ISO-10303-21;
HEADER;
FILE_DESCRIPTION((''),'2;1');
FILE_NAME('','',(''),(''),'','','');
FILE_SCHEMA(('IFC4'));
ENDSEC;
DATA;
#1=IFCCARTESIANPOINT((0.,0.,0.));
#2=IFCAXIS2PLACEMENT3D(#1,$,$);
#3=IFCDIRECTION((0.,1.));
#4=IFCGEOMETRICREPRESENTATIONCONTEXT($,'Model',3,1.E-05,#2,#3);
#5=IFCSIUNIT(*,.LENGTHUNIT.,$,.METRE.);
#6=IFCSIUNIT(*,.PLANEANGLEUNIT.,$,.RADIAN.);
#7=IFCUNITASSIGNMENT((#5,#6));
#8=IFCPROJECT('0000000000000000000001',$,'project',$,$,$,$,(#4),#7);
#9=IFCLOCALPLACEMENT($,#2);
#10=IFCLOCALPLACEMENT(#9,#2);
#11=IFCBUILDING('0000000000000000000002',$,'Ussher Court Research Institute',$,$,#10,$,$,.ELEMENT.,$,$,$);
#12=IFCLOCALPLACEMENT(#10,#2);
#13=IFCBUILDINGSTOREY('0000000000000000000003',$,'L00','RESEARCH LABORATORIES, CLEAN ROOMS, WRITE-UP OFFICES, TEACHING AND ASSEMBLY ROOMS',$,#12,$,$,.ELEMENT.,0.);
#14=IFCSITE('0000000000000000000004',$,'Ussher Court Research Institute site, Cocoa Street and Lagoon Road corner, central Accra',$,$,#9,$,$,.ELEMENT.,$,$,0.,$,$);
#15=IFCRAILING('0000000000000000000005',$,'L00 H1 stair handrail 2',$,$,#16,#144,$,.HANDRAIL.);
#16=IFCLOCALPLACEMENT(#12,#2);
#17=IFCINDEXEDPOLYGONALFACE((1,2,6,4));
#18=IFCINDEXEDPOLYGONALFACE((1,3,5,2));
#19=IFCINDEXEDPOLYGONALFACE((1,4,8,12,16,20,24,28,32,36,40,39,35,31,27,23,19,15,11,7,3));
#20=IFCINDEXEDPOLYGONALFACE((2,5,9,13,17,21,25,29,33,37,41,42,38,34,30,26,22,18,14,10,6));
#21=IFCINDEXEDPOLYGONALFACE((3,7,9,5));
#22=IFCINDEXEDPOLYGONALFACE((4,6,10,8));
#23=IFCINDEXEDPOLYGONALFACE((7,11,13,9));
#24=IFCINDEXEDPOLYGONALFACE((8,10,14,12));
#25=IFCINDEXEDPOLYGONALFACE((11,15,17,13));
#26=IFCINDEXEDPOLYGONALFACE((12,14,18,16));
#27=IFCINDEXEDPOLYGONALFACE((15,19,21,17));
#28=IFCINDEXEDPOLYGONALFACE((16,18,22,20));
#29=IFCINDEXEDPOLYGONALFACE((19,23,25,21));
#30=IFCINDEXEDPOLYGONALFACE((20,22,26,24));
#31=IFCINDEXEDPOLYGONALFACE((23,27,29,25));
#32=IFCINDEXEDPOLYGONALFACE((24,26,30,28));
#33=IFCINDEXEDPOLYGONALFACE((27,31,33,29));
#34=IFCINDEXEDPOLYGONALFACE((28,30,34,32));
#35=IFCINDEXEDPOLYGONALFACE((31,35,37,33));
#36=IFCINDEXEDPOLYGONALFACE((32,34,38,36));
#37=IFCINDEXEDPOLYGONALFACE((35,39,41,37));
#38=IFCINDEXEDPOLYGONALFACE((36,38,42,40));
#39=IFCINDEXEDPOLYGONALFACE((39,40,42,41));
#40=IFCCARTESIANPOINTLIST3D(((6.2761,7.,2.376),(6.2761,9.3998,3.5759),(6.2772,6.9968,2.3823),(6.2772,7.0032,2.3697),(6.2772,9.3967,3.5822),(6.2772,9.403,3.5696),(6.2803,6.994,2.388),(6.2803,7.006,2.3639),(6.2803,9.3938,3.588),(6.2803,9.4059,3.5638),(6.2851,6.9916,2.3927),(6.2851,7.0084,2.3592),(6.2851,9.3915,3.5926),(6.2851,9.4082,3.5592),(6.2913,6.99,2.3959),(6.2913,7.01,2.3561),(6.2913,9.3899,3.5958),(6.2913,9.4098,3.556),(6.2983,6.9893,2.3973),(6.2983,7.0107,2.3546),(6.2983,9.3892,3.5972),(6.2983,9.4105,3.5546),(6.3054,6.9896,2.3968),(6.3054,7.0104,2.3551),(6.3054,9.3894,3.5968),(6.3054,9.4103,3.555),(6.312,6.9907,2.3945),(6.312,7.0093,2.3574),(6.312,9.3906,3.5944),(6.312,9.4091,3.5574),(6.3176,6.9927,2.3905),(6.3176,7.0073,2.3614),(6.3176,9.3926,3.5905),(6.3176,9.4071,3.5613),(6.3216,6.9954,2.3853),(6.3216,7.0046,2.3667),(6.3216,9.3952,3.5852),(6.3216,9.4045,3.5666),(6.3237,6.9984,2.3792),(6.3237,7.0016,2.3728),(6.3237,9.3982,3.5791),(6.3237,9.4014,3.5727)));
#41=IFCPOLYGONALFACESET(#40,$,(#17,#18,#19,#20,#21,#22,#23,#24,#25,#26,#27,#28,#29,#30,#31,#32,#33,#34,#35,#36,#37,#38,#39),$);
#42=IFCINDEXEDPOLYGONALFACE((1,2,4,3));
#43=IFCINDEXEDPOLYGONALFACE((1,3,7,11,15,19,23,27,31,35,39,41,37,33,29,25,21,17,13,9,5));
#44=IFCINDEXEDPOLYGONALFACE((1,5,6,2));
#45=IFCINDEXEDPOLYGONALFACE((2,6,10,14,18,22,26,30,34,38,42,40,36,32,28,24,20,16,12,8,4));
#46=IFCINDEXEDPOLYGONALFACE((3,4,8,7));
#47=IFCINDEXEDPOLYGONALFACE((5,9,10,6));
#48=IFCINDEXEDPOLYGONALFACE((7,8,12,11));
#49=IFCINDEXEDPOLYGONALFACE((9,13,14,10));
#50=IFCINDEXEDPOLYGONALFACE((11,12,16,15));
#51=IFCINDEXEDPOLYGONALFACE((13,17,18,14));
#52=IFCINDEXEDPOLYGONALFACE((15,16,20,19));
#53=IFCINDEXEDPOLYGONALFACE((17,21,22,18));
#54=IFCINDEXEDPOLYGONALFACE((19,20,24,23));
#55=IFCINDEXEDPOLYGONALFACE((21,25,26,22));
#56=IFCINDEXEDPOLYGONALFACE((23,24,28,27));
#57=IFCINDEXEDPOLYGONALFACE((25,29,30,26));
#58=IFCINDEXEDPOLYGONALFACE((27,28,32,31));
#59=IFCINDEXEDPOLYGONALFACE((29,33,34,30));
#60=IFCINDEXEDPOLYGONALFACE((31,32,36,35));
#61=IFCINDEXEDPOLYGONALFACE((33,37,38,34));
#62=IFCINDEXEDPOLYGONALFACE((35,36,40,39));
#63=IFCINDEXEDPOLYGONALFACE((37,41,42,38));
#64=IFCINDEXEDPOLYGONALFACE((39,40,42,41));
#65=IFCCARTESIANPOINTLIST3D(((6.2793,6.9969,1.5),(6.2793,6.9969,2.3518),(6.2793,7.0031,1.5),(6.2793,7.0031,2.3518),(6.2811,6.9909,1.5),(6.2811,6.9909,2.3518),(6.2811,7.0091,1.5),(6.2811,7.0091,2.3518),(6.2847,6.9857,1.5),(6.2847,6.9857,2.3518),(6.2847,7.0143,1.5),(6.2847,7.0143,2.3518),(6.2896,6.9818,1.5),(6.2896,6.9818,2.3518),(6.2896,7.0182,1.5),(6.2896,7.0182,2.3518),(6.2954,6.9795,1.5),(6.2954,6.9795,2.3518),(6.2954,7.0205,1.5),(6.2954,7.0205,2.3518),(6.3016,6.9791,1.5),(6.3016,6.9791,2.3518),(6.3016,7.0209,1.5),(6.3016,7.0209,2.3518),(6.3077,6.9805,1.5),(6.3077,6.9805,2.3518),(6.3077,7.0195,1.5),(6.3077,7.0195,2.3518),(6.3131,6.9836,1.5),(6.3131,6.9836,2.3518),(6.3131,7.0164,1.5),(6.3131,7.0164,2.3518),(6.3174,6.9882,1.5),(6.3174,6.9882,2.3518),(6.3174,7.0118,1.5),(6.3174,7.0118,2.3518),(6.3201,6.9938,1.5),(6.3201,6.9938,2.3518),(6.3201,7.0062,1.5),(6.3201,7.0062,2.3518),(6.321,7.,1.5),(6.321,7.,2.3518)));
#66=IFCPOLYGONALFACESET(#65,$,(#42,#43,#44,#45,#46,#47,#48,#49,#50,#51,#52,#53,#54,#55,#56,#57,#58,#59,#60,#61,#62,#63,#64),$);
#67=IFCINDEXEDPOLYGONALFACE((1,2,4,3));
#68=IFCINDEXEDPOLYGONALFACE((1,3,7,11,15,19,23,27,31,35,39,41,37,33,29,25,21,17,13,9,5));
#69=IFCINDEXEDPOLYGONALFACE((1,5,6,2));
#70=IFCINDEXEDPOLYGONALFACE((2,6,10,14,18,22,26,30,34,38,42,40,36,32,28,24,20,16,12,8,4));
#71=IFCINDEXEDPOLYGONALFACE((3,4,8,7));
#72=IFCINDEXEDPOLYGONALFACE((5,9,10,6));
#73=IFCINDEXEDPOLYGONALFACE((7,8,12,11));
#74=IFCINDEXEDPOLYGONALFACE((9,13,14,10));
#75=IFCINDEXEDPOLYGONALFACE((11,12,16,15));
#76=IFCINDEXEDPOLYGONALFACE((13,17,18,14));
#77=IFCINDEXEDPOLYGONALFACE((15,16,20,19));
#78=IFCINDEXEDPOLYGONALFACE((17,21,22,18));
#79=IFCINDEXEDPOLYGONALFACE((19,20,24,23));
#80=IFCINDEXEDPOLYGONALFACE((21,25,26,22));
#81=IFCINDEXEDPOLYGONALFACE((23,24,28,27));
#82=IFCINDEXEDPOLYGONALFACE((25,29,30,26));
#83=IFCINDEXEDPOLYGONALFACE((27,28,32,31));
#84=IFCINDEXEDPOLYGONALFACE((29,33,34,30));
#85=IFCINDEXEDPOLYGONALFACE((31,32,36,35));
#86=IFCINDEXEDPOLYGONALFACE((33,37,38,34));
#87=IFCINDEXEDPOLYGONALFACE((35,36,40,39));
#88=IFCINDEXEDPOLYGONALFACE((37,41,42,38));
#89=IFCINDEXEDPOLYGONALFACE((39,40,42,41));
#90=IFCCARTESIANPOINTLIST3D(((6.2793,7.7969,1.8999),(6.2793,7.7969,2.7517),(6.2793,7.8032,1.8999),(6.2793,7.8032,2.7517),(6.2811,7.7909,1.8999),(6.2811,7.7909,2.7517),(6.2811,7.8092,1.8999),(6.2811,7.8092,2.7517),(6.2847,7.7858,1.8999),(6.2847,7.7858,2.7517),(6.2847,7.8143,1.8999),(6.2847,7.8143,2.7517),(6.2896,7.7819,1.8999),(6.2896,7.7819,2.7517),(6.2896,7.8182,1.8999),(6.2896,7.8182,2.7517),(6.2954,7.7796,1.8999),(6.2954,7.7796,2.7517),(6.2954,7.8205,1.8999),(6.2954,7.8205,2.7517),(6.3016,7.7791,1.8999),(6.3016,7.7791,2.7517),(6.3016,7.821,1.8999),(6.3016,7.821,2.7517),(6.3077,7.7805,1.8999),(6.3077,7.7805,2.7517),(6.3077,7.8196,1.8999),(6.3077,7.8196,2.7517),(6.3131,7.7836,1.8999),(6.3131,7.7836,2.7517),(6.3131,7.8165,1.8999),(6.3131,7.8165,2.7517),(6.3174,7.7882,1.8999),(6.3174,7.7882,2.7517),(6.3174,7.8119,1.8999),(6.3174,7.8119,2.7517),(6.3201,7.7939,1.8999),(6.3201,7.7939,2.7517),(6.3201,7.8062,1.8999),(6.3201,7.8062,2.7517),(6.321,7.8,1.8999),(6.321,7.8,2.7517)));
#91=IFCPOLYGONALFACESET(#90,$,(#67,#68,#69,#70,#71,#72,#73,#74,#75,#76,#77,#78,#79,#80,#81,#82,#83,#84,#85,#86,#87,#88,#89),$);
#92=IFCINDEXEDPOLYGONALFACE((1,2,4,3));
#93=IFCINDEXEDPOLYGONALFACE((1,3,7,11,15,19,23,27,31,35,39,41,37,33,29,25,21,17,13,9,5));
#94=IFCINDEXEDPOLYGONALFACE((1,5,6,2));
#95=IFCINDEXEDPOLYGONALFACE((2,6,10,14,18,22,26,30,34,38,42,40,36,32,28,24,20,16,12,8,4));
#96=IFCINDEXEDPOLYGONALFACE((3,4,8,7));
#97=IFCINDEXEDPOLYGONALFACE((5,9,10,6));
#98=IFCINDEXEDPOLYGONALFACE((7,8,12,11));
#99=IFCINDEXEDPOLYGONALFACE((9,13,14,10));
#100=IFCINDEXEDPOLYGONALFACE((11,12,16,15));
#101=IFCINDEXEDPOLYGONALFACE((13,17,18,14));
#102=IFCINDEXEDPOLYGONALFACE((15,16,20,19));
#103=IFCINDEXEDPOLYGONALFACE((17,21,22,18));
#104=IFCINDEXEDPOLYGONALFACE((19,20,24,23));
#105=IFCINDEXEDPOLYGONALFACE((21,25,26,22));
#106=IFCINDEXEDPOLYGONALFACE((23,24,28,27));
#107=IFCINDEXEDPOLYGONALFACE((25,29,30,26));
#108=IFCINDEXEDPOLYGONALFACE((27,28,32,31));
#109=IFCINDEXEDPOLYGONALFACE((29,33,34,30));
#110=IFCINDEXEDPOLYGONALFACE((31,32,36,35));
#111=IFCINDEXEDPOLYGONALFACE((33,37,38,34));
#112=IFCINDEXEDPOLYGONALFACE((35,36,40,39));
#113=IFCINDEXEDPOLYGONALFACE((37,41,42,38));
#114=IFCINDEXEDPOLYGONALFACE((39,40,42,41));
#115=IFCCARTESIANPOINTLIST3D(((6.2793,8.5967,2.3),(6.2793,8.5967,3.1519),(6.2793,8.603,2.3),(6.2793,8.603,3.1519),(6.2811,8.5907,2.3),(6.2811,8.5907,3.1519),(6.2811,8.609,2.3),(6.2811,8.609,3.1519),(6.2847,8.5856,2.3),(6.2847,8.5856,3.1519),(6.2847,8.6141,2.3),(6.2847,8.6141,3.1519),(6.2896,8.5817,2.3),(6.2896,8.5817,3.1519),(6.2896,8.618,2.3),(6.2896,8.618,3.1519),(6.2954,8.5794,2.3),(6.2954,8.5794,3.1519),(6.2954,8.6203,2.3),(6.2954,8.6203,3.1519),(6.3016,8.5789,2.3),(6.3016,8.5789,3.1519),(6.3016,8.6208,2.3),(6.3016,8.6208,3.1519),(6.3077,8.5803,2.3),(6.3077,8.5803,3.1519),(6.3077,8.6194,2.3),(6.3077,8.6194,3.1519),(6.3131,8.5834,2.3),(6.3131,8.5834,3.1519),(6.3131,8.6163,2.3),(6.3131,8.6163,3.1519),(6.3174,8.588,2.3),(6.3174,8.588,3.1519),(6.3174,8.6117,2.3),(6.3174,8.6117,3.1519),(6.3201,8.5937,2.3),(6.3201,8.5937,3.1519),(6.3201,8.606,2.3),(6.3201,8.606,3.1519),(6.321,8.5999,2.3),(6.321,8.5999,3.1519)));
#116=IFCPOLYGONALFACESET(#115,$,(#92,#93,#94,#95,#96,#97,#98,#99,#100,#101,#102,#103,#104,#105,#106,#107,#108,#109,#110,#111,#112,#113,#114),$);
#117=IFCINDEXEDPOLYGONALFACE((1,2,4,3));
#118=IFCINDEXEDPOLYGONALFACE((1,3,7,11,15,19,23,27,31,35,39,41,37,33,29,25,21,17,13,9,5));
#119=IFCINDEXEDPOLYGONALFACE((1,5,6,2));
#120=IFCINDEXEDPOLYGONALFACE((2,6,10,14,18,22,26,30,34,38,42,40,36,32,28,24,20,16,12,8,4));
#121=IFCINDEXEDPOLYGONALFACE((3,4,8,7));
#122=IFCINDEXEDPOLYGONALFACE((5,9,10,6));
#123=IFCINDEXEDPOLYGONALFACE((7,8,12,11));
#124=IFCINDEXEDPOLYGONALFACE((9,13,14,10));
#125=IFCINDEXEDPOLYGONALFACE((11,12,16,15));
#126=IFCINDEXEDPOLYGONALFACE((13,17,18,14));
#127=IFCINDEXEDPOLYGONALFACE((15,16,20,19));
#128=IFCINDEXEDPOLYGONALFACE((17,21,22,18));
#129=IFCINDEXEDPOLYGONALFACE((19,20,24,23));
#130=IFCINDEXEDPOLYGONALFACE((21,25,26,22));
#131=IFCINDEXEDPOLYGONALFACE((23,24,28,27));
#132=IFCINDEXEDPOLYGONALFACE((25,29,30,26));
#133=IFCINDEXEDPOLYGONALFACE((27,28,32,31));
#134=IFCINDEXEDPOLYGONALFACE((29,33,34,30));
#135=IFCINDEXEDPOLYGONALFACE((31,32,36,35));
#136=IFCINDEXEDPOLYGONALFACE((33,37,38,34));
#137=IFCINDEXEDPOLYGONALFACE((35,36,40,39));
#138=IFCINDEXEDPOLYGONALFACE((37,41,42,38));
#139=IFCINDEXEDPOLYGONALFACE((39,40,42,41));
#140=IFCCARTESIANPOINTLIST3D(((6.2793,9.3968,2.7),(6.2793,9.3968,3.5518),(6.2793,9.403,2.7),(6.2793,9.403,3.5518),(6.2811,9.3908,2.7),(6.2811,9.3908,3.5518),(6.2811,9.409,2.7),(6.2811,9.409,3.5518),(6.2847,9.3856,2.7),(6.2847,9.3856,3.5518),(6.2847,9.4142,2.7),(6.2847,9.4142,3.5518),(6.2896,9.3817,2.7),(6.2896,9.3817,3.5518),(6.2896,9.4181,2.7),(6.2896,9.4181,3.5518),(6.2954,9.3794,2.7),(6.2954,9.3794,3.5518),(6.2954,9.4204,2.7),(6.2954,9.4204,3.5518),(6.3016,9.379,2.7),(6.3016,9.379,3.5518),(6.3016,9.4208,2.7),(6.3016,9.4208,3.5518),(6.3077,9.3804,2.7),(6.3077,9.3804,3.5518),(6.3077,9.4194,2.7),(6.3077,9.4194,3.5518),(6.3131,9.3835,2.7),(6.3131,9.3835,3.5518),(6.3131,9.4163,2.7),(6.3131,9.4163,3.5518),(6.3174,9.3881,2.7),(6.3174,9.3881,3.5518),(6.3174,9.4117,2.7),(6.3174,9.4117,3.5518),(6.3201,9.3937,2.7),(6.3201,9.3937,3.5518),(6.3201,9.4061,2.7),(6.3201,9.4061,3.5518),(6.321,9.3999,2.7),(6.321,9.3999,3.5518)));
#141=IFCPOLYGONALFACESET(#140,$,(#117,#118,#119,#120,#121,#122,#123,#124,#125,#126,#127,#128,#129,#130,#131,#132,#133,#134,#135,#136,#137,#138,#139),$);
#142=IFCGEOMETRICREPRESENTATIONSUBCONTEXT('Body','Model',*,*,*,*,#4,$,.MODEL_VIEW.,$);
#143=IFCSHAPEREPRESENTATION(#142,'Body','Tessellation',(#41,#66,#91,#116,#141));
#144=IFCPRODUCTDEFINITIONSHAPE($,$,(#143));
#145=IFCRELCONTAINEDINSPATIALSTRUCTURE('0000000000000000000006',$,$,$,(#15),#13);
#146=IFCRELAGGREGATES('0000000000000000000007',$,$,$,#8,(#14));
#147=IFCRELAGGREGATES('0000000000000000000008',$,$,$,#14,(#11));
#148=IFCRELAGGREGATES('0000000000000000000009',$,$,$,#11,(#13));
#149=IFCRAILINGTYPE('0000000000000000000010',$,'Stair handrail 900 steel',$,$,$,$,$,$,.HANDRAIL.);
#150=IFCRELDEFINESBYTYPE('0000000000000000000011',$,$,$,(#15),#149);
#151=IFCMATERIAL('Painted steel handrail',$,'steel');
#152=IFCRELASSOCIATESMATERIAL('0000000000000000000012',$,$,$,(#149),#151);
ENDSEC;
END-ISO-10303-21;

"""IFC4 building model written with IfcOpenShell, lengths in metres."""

from ifc_helpers import new_model, si_unit, direction, frame, origin, origin_2d, place, context, subcontext, project, spatial, circle, extrude, material, type_object, element, save


model = new_model("IFC4")

# Units and contexts
model_context = context("Model", 3, precision=1e-05, world=origin(), true_north=direction((0.0, 1.0)))
body_context = subcontext(model_context, "Body", "Model", "MODEL_VIEW")
ifc_project = project(units=[si_unit("LENGTHUNIT", "METRE"), si_unit("PLANEANGLEUNIT", "RADIAN")], contexts=[model_context])

# Site, building, storey
site_placement = place(None, origin())
site = spatial("IfcSite", under=ifc_project, at=site_placement, Name="Ussher Court Research Institute site, Cocoa Street and Lagoon Road corner, central Accra", CompositionType="ELEMENT", RefElevation=0.0)
building_placement = place(site_placement, origin())
building = spatial("IfcBuilding", under=site, at=building_placement, Name="Ussher Court Research Institute", CompositionType="ELEMENT")
storey_placement = place(building_placement, origin())
storey = spatial("IfcBuildingStorey", under=building, at=storey_placement, Name="L00", Description="RESEARCH LABORATORIES, CLEAN ROOMS, WRITE-UP OFFICES, TEACHING AND ASSEMBLY ROOMS", CompositionType="ELEMENT", Elevation=0.0)

# Railing
ifc_material_1 = material(Name="Painted steel handrail", Category="steel")
railing_type_1 = type_object("IfcRailingType", Name="Stair handrail 900 steel", PredefinedType="HANDRAIL", material=ifc_material_1)
railing_1_placement = place(storey_placement, frame((6.3, 7.0, 1.5)))
element("IfcRailing", 1, at=railing_1_placement, inside=storey, type_object=railing_type_1, Name="L00 H1 stair handrail 2", PredefinedType="HANDRAIL", context=body_context, shape_type="SweptSolid", body=[
    extrude(circle(Radius=0.0239, at=origin_2d()), frame((0.0, 0.0, 0.876), z_axis=(0.0, 0.894427, 0.447214), x_axis=(-1.0, 0.0, 0.0)), (0.0, 0.0, 1.0), 2.6831),
    extrude(circle(Radius=0.021, at=origin_2d()), origin(), (0.0, 0.0, 1.0), 0.8518),
    extrude(circle(Radius=0.021, at=origin_2d()), frame((0.0, 0.8, 0.3999)), (0.0, 0.0, 1.0), 0.8518),
    extrude(circle(Radius=0.021, at=origin_2d()), frame((0.0, 1.5999, 0.8)), (0.0, 0.0, 1.0), 0.8518),
    extrude(circle(Radius=0.021, at=origin_2d()), frame((0.0, 2.3999, 1.2)), (0.0, 0.0, 1.0), 0.8518),
])

save(model, "model.ifc")
